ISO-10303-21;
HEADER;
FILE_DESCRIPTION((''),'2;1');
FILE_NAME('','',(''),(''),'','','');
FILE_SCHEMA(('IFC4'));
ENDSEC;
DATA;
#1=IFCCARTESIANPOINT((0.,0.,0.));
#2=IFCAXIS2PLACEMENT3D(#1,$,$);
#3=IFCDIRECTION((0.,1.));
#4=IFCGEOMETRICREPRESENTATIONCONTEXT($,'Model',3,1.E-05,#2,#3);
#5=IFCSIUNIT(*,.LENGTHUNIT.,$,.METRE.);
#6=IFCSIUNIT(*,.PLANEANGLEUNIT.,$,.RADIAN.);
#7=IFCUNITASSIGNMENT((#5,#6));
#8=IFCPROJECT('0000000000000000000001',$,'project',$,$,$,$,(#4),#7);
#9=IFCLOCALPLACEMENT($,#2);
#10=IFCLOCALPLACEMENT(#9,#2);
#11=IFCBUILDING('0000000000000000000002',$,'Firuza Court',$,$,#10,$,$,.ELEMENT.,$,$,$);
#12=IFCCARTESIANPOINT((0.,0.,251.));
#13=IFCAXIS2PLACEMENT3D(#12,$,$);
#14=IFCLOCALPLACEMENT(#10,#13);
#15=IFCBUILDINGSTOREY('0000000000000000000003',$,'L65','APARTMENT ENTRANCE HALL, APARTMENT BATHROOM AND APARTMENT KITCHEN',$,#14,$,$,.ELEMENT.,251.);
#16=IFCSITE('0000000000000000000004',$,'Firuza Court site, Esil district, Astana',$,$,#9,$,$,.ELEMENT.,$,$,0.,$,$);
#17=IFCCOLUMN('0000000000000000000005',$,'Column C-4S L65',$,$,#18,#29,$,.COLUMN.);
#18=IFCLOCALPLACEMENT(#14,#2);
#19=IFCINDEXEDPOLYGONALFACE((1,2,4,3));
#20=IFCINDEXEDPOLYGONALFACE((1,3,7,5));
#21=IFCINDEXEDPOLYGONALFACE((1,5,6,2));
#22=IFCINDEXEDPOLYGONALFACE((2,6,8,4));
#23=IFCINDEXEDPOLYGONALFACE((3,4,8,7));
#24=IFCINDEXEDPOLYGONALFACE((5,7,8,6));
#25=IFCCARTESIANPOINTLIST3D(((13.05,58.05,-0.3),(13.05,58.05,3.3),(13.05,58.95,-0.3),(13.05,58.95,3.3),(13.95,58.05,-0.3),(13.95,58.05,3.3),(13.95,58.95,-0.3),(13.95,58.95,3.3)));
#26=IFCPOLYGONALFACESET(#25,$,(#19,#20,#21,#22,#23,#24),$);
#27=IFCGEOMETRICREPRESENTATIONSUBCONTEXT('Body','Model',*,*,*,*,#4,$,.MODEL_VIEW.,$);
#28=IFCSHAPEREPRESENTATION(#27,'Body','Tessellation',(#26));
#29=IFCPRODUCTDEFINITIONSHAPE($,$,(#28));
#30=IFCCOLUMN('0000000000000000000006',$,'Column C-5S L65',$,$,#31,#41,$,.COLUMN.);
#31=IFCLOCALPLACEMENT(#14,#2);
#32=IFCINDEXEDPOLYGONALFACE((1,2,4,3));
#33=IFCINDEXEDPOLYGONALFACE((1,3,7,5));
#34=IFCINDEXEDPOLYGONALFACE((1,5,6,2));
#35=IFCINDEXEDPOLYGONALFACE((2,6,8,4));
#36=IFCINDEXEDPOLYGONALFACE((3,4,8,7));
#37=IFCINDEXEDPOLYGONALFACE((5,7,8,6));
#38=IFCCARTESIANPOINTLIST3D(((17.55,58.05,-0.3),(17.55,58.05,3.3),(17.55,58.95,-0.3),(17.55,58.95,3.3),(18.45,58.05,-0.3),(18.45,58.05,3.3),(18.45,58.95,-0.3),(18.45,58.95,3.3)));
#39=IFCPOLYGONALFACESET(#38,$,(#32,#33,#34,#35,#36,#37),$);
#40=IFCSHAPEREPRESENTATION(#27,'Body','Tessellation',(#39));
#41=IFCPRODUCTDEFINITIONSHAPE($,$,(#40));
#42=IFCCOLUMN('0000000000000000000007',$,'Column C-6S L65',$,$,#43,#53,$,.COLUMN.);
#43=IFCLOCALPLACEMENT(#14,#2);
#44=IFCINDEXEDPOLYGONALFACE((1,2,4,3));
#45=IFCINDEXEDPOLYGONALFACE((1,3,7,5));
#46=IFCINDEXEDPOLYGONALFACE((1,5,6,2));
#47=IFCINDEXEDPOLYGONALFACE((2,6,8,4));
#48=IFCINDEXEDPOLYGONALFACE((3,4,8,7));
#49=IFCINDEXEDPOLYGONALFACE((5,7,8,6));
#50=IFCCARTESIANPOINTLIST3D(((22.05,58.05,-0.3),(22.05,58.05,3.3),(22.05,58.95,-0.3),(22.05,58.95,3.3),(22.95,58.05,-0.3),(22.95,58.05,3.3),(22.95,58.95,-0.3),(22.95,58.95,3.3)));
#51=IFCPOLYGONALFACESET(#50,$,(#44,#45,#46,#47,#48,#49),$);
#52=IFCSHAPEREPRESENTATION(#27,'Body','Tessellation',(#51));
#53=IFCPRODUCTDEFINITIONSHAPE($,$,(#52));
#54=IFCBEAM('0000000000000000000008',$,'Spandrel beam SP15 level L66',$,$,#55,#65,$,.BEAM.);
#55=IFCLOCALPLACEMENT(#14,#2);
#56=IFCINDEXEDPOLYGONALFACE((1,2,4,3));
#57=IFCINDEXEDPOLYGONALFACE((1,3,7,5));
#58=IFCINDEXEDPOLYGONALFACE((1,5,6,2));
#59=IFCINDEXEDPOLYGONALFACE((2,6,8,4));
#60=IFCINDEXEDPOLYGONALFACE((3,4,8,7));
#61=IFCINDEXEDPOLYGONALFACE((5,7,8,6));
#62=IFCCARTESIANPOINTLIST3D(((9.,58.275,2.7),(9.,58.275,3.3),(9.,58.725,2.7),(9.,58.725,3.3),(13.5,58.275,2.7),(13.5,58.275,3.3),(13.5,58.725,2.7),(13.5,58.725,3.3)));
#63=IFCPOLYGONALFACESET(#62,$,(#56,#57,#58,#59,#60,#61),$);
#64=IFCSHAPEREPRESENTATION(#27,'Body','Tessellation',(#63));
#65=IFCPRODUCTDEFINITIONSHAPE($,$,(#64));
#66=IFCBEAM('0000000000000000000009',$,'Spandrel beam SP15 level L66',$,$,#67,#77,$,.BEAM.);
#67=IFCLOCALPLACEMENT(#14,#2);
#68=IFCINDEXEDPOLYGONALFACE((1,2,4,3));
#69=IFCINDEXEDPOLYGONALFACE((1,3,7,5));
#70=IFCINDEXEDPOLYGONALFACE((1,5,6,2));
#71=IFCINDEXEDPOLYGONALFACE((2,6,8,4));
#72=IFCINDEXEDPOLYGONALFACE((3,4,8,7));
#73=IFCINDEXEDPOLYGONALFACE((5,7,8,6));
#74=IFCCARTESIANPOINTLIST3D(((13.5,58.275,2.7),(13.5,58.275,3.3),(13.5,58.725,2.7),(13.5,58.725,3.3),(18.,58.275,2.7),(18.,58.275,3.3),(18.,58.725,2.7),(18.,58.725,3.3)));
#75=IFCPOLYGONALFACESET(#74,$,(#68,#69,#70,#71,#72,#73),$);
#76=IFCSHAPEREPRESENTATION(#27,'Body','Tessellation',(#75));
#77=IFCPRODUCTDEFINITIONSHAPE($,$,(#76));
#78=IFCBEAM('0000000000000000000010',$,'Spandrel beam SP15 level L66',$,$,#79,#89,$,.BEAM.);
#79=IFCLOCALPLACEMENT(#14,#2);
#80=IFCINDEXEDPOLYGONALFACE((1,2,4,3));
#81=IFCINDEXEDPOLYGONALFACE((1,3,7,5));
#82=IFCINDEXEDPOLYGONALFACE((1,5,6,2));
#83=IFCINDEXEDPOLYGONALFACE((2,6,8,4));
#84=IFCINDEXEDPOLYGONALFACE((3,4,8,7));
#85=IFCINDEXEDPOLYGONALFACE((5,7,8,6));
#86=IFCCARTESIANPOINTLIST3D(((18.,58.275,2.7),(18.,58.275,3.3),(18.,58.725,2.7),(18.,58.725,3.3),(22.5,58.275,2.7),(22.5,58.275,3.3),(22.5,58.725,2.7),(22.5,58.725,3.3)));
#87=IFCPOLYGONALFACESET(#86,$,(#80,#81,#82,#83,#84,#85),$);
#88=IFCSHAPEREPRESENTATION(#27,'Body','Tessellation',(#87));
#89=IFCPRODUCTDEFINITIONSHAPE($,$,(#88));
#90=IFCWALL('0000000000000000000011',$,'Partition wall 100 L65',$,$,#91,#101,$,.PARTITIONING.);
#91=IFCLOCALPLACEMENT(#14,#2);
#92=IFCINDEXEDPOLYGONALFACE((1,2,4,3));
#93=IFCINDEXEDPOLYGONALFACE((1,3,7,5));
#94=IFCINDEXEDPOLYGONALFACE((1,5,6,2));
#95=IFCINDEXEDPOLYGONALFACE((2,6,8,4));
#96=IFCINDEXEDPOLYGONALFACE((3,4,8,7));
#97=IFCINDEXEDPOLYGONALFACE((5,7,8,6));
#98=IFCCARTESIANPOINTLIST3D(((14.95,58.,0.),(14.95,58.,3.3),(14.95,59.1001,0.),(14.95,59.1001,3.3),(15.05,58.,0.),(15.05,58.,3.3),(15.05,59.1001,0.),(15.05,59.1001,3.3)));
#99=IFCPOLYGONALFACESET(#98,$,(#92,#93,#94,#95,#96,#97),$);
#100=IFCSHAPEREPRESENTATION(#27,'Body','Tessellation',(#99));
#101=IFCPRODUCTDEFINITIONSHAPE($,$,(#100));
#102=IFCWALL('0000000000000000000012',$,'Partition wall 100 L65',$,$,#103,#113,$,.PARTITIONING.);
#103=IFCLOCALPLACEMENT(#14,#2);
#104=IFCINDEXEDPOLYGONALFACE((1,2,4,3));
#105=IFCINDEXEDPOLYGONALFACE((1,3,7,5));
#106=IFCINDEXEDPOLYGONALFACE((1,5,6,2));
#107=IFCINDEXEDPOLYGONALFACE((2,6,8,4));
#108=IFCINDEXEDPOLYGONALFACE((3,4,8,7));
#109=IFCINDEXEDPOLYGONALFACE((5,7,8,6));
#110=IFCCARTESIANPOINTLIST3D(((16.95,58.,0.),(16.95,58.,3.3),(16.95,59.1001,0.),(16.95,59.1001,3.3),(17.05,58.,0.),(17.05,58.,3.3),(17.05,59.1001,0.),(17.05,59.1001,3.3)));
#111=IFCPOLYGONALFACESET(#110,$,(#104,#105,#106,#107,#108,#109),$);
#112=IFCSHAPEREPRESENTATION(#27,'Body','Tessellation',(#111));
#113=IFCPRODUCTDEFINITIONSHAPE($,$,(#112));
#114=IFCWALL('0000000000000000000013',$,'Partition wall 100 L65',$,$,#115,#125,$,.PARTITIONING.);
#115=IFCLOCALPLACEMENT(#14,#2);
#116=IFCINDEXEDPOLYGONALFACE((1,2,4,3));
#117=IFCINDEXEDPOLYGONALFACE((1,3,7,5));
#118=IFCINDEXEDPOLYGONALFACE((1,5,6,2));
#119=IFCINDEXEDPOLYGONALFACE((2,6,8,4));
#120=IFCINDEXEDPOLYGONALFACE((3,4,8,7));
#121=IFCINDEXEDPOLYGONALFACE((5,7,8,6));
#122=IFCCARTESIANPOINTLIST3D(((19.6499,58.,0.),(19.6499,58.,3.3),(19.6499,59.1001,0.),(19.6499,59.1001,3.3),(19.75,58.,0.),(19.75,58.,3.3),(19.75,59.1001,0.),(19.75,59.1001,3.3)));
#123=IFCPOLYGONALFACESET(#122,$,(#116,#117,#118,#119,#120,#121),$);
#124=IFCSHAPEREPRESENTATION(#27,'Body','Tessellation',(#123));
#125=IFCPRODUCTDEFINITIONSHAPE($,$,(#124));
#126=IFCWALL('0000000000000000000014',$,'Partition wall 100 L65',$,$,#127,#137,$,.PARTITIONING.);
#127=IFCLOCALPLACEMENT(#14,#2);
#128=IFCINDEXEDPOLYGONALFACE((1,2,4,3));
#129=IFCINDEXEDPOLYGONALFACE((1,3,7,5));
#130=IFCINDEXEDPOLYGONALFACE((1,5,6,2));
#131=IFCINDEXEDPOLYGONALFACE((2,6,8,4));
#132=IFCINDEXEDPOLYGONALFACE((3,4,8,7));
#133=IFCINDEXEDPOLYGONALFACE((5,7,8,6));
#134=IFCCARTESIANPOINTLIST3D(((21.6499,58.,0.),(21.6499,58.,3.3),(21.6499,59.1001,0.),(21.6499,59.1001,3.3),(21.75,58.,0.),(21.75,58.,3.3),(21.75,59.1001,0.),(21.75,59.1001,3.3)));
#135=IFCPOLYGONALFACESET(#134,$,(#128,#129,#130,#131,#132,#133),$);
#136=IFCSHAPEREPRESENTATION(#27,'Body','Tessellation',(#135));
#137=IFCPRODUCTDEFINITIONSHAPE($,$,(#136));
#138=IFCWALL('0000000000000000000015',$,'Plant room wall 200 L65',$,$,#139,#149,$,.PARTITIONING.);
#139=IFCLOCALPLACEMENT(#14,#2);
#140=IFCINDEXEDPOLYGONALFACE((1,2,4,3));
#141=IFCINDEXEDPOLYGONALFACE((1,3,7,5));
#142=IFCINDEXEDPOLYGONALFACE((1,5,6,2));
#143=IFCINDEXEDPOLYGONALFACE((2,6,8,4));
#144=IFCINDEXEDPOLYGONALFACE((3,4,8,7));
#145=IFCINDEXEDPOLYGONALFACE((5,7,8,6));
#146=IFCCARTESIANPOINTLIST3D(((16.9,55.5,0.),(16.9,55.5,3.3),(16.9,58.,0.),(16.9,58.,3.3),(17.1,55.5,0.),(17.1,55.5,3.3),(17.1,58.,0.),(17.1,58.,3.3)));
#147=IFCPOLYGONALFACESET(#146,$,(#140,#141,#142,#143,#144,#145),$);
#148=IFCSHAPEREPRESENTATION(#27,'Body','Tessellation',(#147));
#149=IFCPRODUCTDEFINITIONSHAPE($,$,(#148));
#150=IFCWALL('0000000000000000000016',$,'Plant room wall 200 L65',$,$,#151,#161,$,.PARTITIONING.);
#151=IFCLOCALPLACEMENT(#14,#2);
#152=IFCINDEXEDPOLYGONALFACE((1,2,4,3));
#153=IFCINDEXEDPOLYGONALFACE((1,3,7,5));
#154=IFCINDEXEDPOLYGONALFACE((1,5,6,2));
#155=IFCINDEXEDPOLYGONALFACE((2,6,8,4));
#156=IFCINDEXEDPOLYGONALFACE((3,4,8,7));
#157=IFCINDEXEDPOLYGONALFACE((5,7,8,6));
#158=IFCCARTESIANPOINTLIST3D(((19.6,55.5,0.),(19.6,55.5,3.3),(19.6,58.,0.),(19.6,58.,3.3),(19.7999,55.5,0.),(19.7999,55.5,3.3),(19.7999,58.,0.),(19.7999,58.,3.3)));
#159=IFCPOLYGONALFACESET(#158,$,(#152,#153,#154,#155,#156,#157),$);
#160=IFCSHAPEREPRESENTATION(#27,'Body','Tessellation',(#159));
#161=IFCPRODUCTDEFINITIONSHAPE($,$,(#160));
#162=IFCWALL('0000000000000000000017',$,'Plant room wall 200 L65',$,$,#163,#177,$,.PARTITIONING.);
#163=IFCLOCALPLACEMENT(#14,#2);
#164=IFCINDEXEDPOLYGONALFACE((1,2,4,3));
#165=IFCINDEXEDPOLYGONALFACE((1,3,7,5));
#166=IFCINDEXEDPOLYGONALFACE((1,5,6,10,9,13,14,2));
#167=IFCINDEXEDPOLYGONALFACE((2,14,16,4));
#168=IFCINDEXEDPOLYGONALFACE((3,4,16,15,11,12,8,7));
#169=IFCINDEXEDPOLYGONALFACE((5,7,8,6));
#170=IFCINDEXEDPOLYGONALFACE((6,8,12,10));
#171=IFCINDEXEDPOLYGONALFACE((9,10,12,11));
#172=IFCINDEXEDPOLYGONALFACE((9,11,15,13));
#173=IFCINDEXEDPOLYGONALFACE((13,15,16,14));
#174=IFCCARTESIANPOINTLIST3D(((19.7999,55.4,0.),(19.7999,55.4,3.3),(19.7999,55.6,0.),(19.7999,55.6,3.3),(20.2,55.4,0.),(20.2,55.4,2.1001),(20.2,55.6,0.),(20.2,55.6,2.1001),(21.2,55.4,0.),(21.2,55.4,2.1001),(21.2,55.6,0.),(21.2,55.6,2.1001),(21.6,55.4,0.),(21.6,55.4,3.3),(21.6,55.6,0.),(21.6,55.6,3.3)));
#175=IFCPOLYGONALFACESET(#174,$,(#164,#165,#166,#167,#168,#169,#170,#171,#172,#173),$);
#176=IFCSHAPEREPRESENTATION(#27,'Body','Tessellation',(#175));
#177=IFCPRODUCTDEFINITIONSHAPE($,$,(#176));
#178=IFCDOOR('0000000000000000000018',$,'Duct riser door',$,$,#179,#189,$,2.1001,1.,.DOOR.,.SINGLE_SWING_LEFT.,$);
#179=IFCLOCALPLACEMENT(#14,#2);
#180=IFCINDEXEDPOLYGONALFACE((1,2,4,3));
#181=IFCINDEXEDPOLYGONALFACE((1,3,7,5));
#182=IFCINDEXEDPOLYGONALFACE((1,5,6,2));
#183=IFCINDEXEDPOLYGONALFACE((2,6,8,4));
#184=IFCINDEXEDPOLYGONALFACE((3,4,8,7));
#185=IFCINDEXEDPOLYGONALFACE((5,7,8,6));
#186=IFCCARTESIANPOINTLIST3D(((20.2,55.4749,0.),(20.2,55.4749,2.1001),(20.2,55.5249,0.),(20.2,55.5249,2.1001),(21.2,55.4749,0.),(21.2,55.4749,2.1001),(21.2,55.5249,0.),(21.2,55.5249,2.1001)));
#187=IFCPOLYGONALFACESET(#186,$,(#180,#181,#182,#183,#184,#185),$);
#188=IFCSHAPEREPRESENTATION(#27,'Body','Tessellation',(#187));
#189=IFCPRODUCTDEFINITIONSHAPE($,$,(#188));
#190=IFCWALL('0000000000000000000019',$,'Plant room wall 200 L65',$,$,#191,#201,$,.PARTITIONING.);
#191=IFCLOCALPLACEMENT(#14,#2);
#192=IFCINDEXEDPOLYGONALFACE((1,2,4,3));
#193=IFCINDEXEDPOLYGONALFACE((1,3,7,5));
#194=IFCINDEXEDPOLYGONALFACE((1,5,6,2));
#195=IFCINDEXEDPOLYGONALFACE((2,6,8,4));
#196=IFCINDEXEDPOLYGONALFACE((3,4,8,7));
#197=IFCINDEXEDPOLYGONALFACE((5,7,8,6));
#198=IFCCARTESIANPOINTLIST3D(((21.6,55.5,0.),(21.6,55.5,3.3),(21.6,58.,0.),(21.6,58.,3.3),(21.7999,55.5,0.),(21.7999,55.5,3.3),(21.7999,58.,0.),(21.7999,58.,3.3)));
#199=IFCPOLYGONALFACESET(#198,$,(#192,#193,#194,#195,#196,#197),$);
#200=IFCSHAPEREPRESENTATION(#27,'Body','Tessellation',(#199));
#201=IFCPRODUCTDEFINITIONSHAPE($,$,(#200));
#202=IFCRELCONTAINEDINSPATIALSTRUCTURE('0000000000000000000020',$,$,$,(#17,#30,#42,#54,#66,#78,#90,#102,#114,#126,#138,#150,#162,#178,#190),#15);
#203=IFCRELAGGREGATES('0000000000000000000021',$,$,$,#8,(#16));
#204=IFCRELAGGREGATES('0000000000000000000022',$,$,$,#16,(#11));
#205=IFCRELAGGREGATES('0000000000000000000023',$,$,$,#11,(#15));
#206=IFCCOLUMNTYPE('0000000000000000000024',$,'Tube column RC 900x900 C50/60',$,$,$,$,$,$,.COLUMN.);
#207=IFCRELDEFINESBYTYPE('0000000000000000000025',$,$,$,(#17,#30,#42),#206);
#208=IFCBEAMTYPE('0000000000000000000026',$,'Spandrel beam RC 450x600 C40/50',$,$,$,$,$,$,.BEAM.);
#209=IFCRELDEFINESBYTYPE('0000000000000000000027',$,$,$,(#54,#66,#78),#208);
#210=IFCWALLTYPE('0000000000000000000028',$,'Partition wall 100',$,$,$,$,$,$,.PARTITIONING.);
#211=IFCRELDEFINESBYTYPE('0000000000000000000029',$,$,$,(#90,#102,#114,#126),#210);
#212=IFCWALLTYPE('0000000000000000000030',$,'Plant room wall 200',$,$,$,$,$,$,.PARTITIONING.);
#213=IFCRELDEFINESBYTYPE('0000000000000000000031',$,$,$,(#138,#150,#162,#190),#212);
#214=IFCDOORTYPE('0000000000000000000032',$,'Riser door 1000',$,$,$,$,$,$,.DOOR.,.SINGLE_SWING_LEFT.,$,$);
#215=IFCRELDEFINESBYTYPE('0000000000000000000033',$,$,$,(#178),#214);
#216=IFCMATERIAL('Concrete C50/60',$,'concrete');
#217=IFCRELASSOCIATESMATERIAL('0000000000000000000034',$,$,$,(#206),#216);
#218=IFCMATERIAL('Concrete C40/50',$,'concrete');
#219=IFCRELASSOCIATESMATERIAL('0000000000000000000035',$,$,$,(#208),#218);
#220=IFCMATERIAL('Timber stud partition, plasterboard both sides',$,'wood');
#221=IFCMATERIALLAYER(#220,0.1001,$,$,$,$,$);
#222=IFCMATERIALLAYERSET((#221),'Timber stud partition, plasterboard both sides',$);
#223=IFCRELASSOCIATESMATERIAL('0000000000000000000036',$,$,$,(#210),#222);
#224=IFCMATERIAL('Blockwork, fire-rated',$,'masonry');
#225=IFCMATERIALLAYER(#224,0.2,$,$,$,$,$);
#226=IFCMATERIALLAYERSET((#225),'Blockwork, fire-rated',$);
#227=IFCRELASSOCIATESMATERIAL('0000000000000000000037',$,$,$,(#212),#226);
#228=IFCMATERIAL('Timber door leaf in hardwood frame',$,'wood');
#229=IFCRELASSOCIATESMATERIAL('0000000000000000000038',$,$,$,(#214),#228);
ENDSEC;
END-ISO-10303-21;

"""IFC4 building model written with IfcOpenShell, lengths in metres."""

from ifc_helpers import new_model, si_unit, direction, frame, frame_2d, origin, origin_2d, place, context, subcontext, project, spatial, rectangle, extrude, material, layer, layer_set, material_profile, profile_set, type_object, element, fill, save


model = new_model("IFC4")

# Units and contexts
model_context = context("Model", 3, precision=1e-05, world=origin(), true_north=direction((0.0, 1.0)))
body_context = subcontext(model_context, "Body", "Model", "MODEL_VIEW")
ifc_project = project(units=[si_unit("LENGTHUNIT", "METRE"), si_unit("PLANEANGLEUNIT", "RADIAN")], contexts=[model_context])

# Site, building, storey
site_placement = place(None, origin())
site = spatial("IfcSite", under=ifc_project, at=site_placement, Name="Firuza Court site, Esil district, Astana", CompositionType="ELEMENT", RefElevation=0.0)
building_placement = place(site_placement, origin())
building = spatial("IfcBuilding", under=site, at=building_placement, Name="Firuza Court", CompositionType="ELEMENT")
storey_placement = place(building_placement, frame((0.0, 0.0, 251.0)))
storey = spatial("IfcBuildingStorey", under=building, at=storey_placement, Name="L65", Description="APARTMENT ENTRANCE HALL, APARTMENT BATHROOM AND APARTMENT KITCHEN", CompositionType="ELEMENT", Elevation=251.0)

# Columns
ifc_material_1 = material(Name="Concrete C50/60", Category="concrete")
ifc_material_profile_1 = material_profile(ifc_material_1, rectangle(XDim=0.8999, YDim=0.8999, at=origin_2d()), Name="RC 900x900")
ifc_profile_set_1 = profile_set([ifc_material_profile_1], Name="Concrete C50/60")
column_type = type_object("IfcColumnType", Name="Tube column RC 900x900 C50/60", PredefinedType="COLUMN", material=ifc_profile_set_1)
for number, where, z_axis, x_axis, name in (
    (1, (13.5, 58.5, -0.3), (0.0, 0.0, 1.0), (1.0, 0.0, 0.0), "Column C-4S L65"),
    (2, (18.0, 58.5, -0.3), (0.0, 0.0, 1.0), (1.0, 0.0, 0.0), "Column C-5S L65"),
    (3, (22.5, 58.5, -0.3), (0.0, 0.0, 1.0), (1.0, 0.0, 0.0), "Column C-6S L65"),
):
    element("IfcColumn", number, at=place(storey_placement, frame(where, z_axis=z_axis, x_axis=x_axis)), inside=storey, type_object=column_type, Name=name, PredefinedType="COLUMN", context=body_context, shape_type="SweptSolid", body=[
        extrude(rectangle(XDim=0.8999, YDim=0.8999, at=origin_2d()), origin(), (0.0, 0.0, 1.0), 3.6001),
    ])

# Beams
ifc_material_2 = material(Name="Concrete C40/50", Category="concrete")
ifc_material_profile_2 = material_profile(ifc_material_2, rectangle(XDim=0.45, YDim=0.6001, at=origin_2d()), Name="RC 450x600")
ifc_profile_set_2 = profile_set([ifc_material_profile_2], Name="Concrete C40/50")
beam_type = type_object("IfcBeamType", Name="Spandrel beam RC 450x600 C40/50", PredefinedType="BEAM", material=ifc_profile_set_2)
for number, where, z_axis, x_axis, name in (
    (4, (13.5, 58.5, 3.0), (-1.0, 0.0, 0.0), (0.0, -1.0, 0.0), "Spandrel beam SP15 level L66"),
    (5, (18.0, 58.5, 3.0), (-1.0, 0.0, 0.0), (0.0, -1.0, 0.0), "Spandrel beam SP15 level L66"),
    (6, (22.5, 58.5, 3.0), (-1.0, 0.0, 0.0), (0.0, -1.0, 0.0), "Spandrel beam SP15 level L66"),
):
    element("IfcBeam", number, at=place(storey_placement, frame(where, z_axis=z_axis, x_axis=x_axis)), inside=storey, type_object=beam_type, Name=name, PredefinedType="BEAM", context=body_context, shape_type="SweptSolid", body=[
        extrude(rectangle(XDim=0.45, YDim=0.6001, at=origin_2d()), origin(), (0.0, 0.0, 1.0), 4.5),
    ])

# Walls
ifc_material_3 = material(Name="Timber stud partition, plasterboard both sides", Category="wood")
ifc_layer_1 = layer(ifc_material_3, 0.1001)
ifc_layer_set_1 = layer_set([ifc_layer_1], Name="Timber stud partition, plasterboard both sides")
wall_type_1 = type_object("IfcWallType", Name="Partition wall 100", PredefinedType="PARTITIONING", material=ifc_layer_set_1)
for number, where, z_axis, x_axis, name in (
    (7, (15.0, 58.0, 0.0), (0.0, 0.0, 1.0), (0.0, 1.0, 0.0), "Partition wall 100 L65"),
    (8, (17.0, 58.0, 0.0), (0.0, 0.0, 1.0), (0.0, 1.0, 0.0), "Partition wall 100 L65"),
    (9, (19.7, 58.0, 0.0), (0.0, 0.0, 1.0), (0.0, 1.0, 0.0), "Partition wall 100 L65"),
    (10, (21.7, 58.0, 0.0), (0.0, 0.0, 1.0), (0.0, 1.0, 0.0), "Partition wall 100 L65"),
):
    element("IfcWall", number, at=place(storey_placement, frame(where, z_axis=z_axis, x_axis=x_axis)), inside=storey, type_object=wall_type_1, Name=name, PredefinedType="PARTITIONING", context=body_context, shape_type="SweptSolid", body=[
        extrude(rectangle(XDim=1.1001, YDim=0.1001, at=frame_2d((0.55, 0.0))), origin(), (0.0, 0.0, 1.0), 3.3),
    ])
ifc_material_4 = material(Name="Blockwork, fire-rated", Category="masonry")
ifc_layer_2 = layer(ifc_material_4, 0.2)
ifc_layer_set_2 = layer_set([ifc_layer_2], Name="Blockwork, fire-rated")
wall_type_2 = type_object("IfcWallType", Name="Plant room wall 200", PredefinedType="PARTITIONING", material=ifc_layer_set_2)
for number, where, z_axis, x_axis, name in (
    (11, (17.0, 55.5, 0.0), (0.0, 0.0, 1.0), (0.0, 1.0, 0.0), "Plant room wall 200 L65"),
    (12, (19.7, 55.5, 0.0), (0.0, 0.0, 1.0), (0.0, 1.0, 0.0), "Plant room wall 200 L65"),
):
    element("IfcWall", number, at=place(storey_placement, frame(where, z_axis=z_axis, x_axis=x_axis)), inside=storey, type_object=wall_type_2, Name=name, PredefinedType="PARTITIONING", context=body_context, shape_type="SweptSolid", body=[
        extrude(rectangle(XDim=2.5, YDim=0.2, at=frame_2d((1.25, 0.0))), origin(), (0.0, 0.0, 1.0), 3.3),
    ])

# Wall, opening, door
wall_1_placement = place(storey_placement, frame((19.8, 55.5, 0.0), z_axis=(0.0, 0.0, 1.0), x_axis=(1.0, 0.0, 0.0)))
wall_1 = element("IfcWall", 13, at=wall_1_placement, inside=storey, type_object=wall_type_2, Name="Plant room wall 200 L65", PredefinedType="PARTITIONING", context=body_context, shape_type="SweptSolid", body=[
    extrude(rectangle(XDim=1.8, YDim=0.2, at=frame_2d((0.8999, 0.0))), origin(), (0.0, 0.0, 1.0), 3.3),
])
opening_placement = place(wall_1_placement, frame((0.3999, 0.0, 0.0)))
opening = element("IfcOpeningElement", 14, at=opening_placement, cuts=wall_1, PredefinedType="OPENING", context=body_context, shape_type="SweptSolid", body=[
    extrude(rectangle(XDim=1.0, YDim=2.1001, at=frame_2d((0.5, 1.05))), frame((0.0, 0.1118, 0.0), z_axis=(0.0, -1.0, 0.0), x_axis=(1.0, 0.0, 0.0)), (0.0, 0.0, 1.0), 0.2239),
])
ifc_material_5 = material(Name="Timber door leaf in hardwood frame", Category="wood")
door_type = type_object("IfcDoorType", Name="Riser door 1000", OperationType="SINGLE_SWING_LEFT", PredefinedType="DOOR", material=ifc_material_5)
door_placement = place(opening_placement, origin())
door = element("IfcDoor", 15, at=door_placement, inside=storey, type_object=door_type, Name="Duct riser door", OperationType="SINGLE_SWING_LEFT", OverallHeight=2.1001, OverallWidth=1.0, PredefinedType="DOOR", context=body_context, shape_type="SweptSolid", body=[
    extrude(rectangle(XDim=1.0, YDim=2.1001, at=frame_2d((0.5, 1.05))), frame((0.0, 0.0249, 0.0), z_axis=(0.0, -1.0, 0.0), x_axis=(1.0, 0.0, 0.0)), (0.0, 0.0, 1.0), 0.05),
])
fill(opening, door)

# Wall
wall_2_placement = place(storey_placement, frame((21.7, 55.5, 0.0), z_axis=(0.0, 0.0, 1.0), x_axis=(0.0, 1.0, 0.0)))
element("IfcWall", 16, at=wall_2_placement, inside=storey, type_object=wall_type_2, Name="Plant room wall 200 L65", PredefinedType="PARTITIONING", context=body_context, shape_type="SweptSolid", body=[
    extrude(rectangle(XDim=2.5, YDim=0.2, at=frame_2d((1.25, 0.0))), origin(), (0.0, 0.0, 1.0), 3.3),
])

save(model, "model.ifc")
